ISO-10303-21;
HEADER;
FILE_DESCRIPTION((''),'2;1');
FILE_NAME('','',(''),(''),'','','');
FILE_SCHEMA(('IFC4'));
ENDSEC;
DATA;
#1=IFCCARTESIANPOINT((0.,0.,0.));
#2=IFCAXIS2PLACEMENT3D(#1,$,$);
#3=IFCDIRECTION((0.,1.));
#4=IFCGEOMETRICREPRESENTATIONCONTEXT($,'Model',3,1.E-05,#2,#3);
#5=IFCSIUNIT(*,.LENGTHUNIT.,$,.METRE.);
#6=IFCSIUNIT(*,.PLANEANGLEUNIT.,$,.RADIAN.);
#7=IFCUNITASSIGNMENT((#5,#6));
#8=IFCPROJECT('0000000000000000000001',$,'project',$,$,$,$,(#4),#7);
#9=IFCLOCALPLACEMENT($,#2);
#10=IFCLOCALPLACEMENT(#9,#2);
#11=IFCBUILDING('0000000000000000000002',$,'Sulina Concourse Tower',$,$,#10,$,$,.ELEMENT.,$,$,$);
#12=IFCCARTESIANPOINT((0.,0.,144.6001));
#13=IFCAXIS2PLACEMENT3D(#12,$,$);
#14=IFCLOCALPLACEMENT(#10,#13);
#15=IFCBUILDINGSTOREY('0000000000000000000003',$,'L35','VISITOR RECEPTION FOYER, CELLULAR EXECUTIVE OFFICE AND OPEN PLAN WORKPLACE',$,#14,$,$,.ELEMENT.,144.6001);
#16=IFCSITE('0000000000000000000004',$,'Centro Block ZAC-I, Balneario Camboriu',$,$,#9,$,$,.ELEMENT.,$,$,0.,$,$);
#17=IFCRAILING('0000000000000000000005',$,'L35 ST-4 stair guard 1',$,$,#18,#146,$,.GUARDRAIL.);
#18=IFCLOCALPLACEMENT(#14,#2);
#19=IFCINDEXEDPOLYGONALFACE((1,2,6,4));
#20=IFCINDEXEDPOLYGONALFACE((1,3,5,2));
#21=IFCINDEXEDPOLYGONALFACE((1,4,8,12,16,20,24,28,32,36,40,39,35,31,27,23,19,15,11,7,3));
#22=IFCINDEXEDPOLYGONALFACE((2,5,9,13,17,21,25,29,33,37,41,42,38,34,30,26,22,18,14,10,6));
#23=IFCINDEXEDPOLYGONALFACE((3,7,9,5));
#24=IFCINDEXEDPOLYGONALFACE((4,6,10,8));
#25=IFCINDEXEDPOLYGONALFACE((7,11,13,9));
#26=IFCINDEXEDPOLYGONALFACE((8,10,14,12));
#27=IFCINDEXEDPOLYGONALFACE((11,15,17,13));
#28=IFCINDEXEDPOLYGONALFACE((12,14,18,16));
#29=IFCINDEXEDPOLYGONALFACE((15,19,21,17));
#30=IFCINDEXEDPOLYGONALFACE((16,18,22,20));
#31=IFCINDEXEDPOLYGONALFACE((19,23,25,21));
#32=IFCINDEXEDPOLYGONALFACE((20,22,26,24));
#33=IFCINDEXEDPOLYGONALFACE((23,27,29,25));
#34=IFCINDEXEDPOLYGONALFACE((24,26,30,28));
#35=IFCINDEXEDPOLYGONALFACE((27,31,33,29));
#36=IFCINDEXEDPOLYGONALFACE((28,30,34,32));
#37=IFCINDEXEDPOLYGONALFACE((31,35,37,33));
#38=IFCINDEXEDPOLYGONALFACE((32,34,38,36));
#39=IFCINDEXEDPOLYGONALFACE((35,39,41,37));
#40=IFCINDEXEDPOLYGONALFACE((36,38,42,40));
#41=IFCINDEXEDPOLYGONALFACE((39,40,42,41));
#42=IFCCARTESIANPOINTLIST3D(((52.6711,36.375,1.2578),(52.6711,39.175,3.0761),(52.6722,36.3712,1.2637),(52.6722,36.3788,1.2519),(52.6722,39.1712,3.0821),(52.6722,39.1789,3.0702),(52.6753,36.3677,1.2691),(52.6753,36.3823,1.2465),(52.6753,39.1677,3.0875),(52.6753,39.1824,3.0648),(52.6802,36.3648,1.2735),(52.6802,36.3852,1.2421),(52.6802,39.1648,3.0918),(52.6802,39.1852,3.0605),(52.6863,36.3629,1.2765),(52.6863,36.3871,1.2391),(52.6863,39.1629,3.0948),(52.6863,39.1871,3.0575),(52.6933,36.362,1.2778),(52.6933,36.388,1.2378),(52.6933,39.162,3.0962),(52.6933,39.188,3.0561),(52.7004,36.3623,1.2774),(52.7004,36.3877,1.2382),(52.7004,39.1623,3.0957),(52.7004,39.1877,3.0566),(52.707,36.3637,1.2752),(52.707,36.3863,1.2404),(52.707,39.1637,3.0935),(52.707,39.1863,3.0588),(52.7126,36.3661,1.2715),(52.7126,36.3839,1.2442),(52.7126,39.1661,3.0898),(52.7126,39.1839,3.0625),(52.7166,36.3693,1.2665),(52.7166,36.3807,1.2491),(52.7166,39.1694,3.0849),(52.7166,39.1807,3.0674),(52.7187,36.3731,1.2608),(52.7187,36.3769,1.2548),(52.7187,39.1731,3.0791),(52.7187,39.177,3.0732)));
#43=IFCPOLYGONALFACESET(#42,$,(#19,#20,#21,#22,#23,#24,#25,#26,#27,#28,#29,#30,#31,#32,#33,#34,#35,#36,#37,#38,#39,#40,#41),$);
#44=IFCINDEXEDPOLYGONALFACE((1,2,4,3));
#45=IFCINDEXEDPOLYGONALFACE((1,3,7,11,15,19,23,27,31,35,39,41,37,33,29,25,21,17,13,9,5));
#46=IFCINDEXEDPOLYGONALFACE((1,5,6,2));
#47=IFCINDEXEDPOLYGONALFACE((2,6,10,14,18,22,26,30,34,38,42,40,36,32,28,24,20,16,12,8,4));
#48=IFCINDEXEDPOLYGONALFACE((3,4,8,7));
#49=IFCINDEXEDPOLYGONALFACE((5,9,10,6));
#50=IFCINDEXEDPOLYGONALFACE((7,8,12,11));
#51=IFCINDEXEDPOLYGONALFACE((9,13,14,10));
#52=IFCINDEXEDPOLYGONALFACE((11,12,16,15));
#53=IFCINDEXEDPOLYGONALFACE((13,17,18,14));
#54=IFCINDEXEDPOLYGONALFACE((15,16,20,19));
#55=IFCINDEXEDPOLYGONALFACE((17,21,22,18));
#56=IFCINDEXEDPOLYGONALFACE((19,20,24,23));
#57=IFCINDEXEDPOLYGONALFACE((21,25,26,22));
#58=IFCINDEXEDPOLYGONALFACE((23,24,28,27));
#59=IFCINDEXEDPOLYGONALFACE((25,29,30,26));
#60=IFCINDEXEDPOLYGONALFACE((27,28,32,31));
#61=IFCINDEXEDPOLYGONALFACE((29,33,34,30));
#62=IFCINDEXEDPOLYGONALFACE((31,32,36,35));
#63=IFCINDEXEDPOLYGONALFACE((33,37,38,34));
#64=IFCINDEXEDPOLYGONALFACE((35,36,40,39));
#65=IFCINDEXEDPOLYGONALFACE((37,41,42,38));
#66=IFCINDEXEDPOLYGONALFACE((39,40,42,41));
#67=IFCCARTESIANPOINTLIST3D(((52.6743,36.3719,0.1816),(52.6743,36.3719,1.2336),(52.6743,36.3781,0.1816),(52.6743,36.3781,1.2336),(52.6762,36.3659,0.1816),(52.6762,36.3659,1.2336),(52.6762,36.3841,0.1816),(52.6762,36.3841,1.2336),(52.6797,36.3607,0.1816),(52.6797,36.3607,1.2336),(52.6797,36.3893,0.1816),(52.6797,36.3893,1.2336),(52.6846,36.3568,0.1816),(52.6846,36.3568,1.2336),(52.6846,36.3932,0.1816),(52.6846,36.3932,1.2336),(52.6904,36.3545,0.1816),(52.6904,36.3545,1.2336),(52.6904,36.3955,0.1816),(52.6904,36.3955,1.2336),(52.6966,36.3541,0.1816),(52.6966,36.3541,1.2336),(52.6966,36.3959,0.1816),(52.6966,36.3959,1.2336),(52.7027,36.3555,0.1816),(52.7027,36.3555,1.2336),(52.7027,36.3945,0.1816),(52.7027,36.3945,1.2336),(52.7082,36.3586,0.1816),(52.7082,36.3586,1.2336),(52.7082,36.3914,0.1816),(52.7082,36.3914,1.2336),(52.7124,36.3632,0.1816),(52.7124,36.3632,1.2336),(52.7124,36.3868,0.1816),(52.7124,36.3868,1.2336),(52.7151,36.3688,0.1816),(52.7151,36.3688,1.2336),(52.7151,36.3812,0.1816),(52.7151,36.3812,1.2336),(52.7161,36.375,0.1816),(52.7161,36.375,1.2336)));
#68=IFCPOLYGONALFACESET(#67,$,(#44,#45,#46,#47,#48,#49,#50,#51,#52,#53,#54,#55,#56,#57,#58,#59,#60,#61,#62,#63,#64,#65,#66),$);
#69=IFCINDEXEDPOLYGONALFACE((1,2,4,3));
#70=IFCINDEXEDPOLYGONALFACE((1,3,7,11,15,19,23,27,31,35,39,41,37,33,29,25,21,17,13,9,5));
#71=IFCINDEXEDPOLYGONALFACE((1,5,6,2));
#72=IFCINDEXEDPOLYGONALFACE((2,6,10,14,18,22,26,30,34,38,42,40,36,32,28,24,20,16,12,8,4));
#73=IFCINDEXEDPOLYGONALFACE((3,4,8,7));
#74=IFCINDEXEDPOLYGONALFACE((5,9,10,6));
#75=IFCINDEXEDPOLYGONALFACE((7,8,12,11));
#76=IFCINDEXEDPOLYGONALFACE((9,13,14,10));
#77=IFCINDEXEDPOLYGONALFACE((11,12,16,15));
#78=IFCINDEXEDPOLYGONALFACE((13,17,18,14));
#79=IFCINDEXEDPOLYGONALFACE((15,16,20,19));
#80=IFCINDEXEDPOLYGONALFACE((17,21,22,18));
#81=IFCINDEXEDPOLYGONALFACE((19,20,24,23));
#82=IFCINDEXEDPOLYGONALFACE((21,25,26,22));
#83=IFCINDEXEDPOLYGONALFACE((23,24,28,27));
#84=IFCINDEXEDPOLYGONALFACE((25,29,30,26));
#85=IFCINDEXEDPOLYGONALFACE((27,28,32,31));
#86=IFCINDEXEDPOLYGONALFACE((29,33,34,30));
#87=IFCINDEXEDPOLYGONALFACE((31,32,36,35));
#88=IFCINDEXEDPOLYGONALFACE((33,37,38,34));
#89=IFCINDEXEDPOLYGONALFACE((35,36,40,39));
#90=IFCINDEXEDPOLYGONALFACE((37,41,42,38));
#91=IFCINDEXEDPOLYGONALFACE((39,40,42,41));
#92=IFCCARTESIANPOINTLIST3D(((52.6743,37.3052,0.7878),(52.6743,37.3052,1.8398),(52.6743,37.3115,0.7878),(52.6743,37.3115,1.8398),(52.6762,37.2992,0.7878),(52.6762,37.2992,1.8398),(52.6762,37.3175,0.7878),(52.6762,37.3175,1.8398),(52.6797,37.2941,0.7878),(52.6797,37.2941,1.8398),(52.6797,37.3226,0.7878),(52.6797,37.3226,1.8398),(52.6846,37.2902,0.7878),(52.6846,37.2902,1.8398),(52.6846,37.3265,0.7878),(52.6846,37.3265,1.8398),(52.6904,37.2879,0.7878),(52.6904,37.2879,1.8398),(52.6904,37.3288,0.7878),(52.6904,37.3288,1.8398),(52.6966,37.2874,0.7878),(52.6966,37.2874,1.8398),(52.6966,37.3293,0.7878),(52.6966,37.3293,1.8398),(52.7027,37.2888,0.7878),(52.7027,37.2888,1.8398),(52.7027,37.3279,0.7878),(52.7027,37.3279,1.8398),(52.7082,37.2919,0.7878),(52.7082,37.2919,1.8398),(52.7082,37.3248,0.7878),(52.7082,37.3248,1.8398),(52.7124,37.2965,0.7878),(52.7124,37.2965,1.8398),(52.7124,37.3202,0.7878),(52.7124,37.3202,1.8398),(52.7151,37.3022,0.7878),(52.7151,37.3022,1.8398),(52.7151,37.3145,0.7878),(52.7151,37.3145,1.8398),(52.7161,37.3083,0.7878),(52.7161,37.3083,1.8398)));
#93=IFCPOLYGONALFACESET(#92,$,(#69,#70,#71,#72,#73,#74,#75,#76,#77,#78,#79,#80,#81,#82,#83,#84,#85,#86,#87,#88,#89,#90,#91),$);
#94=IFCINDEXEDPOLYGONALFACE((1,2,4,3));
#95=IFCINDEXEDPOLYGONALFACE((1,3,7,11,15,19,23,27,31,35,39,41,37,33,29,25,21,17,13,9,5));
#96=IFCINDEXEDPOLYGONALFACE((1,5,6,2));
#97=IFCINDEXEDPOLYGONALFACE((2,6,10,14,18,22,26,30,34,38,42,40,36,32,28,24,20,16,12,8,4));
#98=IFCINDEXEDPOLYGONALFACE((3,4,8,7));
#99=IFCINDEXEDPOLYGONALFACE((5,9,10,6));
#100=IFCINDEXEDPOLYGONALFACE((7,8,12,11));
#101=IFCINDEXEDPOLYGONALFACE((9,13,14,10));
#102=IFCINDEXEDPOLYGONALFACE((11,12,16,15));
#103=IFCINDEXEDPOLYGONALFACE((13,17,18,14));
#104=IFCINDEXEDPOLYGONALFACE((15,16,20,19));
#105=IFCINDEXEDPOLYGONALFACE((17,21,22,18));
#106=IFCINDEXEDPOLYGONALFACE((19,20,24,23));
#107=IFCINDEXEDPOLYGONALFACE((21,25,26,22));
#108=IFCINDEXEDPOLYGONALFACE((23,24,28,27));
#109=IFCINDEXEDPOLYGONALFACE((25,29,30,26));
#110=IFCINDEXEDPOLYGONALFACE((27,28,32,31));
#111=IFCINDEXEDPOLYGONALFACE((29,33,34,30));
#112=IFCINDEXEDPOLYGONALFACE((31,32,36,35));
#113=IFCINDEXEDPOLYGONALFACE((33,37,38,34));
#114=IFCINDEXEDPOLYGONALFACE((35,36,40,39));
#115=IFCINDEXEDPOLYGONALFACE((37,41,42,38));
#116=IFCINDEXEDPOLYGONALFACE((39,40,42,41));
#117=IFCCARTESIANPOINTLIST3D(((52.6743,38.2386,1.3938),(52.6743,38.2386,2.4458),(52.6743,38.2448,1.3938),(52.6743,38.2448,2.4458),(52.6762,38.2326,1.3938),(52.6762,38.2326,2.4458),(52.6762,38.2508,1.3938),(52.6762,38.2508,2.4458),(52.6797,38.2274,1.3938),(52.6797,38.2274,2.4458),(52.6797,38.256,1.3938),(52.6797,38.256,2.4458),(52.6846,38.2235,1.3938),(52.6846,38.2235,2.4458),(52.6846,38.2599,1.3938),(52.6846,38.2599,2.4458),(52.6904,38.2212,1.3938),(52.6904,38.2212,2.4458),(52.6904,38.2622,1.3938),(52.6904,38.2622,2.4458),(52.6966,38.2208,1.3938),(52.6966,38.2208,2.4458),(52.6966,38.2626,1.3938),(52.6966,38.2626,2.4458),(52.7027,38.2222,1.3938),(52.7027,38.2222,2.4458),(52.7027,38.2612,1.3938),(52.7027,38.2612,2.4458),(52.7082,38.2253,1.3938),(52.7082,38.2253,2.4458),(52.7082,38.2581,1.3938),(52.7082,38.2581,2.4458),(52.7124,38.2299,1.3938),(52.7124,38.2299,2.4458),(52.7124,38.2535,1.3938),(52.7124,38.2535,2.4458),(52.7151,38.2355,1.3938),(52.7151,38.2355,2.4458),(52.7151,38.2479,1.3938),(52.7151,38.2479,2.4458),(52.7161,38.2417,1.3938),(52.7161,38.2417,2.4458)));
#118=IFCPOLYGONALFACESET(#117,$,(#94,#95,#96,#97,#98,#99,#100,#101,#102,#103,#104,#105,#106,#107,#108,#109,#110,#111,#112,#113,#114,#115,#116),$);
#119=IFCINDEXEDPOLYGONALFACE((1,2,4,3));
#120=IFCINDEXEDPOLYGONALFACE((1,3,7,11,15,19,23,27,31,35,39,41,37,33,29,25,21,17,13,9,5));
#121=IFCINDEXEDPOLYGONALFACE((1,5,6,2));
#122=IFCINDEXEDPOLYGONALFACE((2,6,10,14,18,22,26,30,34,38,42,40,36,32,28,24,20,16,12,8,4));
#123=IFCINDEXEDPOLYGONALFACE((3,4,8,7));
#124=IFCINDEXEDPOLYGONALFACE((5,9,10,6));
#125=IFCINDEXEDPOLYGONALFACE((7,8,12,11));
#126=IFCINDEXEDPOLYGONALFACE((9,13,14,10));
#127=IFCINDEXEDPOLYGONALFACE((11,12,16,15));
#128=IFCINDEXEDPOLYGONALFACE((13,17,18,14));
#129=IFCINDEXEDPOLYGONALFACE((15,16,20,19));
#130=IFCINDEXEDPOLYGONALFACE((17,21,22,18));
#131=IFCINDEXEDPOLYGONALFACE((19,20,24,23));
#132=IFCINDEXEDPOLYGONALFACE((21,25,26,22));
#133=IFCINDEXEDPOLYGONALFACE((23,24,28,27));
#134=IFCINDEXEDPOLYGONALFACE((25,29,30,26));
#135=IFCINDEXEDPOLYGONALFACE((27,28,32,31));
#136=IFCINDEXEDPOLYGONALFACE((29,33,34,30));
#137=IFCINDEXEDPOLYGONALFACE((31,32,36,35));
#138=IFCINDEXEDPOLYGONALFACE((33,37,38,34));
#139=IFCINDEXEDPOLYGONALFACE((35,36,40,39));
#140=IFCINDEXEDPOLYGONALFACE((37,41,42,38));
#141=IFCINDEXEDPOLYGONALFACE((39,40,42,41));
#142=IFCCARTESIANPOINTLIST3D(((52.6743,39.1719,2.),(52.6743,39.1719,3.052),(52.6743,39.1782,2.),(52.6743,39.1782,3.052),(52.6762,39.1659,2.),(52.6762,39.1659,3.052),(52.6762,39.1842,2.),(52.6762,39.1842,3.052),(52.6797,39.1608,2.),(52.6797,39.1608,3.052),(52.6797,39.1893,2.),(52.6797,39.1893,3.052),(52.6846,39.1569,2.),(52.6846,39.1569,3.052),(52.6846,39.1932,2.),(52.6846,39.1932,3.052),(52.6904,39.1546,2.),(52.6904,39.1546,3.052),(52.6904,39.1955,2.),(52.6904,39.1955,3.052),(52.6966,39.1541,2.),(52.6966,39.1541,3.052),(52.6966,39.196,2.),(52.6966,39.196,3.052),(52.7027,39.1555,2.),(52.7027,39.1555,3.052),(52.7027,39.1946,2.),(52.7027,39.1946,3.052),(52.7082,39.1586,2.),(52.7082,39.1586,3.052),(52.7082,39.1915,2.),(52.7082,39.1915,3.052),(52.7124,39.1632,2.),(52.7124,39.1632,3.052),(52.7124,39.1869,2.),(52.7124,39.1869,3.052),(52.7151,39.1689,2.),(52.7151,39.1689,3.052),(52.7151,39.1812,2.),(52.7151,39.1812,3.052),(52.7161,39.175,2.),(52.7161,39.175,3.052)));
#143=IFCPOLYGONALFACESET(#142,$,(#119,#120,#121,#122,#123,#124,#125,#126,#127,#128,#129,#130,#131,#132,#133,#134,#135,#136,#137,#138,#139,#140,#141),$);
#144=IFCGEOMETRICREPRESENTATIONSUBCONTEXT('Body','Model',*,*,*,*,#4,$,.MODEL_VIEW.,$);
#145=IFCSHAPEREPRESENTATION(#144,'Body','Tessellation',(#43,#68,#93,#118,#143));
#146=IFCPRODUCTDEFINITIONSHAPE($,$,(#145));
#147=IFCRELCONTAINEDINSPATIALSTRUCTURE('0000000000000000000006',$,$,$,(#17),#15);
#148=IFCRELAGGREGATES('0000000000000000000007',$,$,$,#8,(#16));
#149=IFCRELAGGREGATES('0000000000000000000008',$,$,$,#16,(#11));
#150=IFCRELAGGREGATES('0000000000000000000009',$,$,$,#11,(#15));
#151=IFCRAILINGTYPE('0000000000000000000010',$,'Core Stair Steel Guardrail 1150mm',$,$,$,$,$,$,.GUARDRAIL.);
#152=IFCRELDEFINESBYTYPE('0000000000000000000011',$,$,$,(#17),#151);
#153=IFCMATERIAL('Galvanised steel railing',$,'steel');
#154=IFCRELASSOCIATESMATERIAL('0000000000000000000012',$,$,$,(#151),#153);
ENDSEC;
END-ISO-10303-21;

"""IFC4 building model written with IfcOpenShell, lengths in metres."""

from ifc_helpers import new_model, si_unit, direction, frame, origin, origin_2d, place, context, subcontext, project, spatial, circle, extrude, material, type_object, element, save


model = new_model("IFC4")

# Units and contexts
model_context = context("Model", 3, precision=1e-05, world=origin(), true_north=direction((0.0, 1.0)))
body_context = subcontext(model_context, "Body", "Model", "MODEL_VIEW")
ifc_project = project(units=[si_unit("LENGTHUNIT", "METRE"), si_unit("PLANEANGLEUNIT", "RADIAN")], contexts=[model_context])

# Site, building, storey
site_placement = place(None, origin())
site = spatial("IfcSite", under=ifc_project, at=site_placement, Name="Centro Block ZAC-I, Balneario Camboriu", CompositionType="ELEMENT", RefElevation=0.0)
building_placement = place(site_placement, origin())
building = spatial("IfcBuilding", under=site, at=building_placement, Name="Sulina Concourse Tower", CompositionType="ELEMENT")
storey_placement = place(building_placement, frame((0.0, 0.0, 144.6001)))
storey = spatial("IfcBuildingStorey", under=building, at=storey_placement, Name="L35", Description="VISITOR RECEPTION FOYER, CELLULAR EXECUTIVE OFFICE AND OPEN PLAN WORKPLACE", CompositionType="ELEMENT", Elevation=144.6001)

# Railing
ifc_material_1 = material(Name="Galvanised steel railing", Category="steel")
railing_type_1 = type_object("IfcRailingType", Name="Core Stair Steel Guardrail 1150mm", PredefinedType="GUARDRAIL", material=ifc_material_1)
railing_1_placement = place(storey_placement, frame((52.6951, 36.375, 0.1816)))
element("IfcRailing", 1, at=railing_1_placement, inside=storey, type_object=railing_type_1, Name="L35 ST-4 stair guard 1", PredefinedType="GUARDRAIL", context=body_context, shape_type="SweptSolid", body=[
    extrude(circle(Radius=0.0239, at=origin_2d()), frame((0.0, 0.0, 1.0762), z_axis=(0.0, 0.838672, 0.544636), x_axis=(-1.0, 0.0, 0.0)), (0.0, 0.0, 1.0), 3.3386),
    extrude(circle(Radius=0.021, at=origin_2d()), origin(), (0.0, 0.0, 1.0), 1.052),
    extrude(circle(Radius=0.021, at=origin_2d()), frame((0.0, 0.9333, 0.6062)), (0.0, 0.0, 1.0), 1.052),
    extrude(circle(Radius=0.021, at=origin_2d()), frame((0.0, 1.8667, 1.2122)), (0.0, 0.0, 1.0), 1.052),
    extrude(circle(Radius=0.021, at=origin_2d()), frame((0.0, 2.8, 1.8184)), (0.0, 0.0, 1.0), 1.052),
])

save(model, "model.ifc")
